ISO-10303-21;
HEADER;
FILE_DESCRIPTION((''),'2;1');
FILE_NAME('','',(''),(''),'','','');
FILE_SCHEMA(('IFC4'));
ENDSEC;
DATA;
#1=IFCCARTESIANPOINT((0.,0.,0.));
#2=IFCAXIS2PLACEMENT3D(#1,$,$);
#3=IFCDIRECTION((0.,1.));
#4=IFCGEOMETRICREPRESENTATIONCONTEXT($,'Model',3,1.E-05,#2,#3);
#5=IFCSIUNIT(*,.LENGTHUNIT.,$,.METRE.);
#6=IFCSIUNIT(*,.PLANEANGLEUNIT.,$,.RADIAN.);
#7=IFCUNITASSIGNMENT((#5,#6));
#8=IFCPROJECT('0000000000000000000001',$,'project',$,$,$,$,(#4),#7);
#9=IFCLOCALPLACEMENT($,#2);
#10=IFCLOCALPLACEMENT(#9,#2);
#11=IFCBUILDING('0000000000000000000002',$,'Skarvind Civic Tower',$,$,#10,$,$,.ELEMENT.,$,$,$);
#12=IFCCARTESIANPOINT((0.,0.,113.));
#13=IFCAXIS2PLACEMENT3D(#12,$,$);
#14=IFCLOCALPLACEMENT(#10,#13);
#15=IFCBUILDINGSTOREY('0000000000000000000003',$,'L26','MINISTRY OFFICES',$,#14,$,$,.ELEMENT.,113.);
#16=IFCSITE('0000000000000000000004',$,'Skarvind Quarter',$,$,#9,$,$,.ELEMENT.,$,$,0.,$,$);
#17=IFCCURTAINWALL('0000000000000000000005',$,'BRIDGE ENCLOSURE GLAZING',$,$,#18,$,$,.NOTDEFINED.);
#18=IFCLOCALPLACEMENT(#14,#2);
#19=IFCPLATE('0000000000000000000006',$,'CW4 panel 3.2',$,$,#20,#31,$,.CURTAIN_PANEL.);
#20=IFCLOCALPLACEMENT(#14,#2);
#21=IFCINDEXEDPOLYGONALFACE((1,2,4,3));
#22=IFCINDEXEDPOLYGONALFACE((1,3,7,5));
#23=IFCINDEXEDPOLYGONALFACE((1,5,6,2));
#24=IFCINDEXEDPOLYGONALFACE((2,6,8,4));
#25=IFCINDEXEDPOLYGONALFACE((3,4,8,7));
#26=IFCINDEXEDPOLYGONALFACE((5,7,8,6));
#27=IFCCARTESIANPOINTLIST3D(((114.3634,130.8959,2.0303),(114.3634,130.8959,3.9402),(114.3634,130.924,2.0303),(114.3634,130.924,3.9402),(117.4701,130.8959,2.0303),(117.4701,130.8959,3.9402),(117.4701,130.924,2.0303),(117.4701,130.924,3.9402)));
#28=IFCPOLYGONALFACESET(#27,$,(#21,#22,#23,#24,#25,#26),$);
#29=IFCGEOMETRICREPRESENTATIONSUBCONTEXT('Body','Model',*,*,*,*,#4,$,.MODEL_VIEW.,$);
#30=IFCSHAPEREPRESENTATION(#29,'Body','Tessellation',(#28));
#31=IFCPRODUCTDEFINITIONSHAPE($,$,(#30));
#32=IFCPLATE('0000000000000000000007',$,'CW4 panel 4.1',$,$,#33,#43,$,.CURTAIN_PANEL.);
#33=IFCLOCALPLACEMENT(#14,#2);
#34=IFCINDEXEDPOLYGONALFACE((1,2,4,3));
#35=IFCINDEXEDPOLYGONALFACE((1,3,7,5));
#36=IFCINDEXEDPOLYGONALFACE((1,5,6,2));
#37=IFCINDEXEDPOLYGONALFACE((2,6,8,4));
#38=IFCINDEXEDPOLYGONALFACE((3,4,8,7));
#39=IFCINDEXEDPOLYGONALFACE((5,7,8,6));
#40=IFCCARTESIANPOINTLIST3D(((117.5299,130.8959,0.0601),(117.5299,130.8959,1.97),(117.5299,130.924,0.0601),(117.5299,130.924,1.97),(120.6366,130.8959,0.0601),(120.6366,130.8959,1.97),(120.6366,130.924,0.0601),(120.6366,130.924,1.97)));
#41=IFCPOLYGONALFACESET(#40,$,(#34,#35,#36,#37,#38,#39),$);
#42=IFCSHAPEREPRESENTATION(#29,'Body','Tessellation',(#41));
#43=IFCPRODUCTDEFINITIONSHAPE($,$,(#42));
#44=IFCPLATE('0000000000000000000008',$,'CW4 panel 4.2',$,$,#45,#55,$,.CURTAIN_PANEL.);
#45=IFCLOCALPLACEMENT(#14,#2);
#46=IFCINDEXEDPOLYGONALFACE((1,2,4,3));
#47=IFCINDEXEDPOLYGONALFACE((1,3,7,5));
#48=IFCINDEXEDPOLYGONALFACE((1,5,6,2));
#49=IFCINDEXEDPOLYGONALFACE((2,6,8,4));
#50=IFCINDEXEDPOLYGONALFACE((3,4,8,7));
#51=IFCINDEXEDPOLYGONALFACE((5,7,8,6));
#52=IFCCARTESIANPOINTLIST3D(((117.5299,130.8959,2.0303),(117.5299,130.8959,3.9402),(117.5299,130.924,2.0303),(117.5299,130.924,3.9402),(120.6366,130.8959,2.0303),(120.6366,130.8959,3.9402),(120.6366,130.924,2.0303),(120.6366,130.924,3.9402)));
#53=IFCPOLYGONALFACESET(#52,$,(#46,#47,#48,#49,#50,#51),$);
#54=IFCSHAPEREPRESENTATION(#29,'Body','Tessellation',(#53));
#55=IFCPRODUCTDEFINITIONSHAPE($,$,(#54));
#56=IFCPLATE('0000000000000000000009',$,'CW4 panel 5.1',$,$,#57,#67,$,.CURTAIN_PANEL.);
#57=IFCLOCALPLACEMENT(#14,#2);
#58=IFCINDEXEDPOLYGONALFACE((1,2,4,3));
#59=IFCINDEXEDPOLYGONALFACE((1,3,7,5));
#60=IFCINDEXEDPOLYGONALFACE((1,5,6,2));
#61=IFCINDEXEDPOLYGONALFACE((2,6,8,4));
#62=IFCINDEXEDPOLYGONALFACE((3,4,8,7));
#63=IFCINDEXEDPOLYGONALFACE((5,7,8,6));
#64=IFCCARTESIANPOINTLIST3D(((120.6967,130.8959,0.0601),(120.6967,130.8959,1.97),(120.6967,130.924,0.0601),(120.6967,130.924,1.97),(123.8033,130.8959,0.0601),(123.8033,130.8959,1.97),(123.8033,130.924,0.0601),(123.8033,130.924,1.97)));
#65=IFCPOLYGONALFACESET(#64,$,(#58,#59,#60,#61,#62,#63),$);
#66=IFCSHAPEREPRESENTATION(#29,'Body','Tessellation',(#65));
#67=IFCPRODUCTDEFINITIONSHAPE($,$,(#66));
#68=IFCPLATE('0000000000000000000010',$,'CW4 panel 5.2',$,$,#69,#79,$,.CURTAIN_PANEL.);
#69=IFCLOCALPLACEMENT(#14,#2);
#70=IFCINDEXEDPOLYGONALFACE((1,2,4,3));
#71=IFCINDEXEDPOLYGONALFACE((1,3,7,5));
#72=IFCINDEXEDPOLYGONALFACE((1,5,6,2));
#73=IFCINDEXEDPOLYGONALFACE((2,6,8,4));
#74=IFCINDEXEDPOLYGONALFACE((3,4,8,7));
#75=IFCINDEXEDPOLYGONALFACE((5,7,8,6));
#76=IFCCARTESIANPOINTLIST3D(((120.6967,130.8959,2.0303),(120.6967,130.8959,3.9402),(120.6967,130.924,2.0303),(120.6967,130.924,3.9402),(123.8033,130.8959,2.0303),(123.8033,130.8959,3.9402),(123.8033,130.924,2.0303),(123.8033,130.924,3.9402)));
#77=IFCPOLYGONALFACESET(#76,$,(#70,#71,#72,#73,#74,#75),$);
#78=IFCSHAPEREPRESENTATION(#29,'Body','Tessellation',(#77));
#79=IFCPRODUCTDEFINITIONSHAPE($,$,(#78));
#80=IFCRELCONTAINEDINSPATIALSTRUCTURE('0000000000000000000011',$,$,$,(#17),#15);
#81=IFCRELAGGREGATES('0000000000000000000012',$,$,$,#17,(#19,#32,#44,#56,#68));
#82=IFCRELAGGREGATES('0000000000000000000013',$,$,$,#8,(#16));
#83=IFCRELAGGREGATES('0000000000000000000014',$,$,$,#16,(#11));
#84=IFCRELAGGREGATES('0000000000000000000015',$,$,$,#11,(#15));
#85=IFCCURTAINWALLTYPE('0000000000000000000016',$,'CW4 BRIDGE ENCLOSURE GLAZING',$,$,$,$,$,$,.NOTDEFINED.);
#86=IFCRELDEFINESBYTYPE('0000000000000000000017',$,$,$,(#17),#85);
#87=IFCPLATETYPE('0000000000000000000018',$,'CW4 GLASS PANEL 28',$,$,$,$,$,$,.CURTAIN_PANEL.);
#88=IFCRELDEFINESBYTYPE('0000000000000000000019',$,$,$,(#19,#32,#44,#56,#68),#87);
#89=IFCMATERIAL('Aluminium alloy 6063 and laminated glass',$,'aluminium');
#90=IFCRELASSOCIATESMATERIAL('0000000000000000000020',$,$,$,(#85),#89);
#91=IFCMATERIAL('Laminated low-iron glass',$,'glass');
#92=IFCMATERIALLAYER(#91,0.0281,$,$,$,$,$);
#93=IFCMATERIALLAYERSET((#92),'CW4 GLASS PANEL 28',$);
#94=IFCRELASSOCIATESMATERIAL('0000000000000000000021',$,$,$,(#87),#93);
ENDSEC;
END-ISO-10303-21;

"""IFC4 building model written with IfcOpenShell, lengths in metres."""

from ifc_helpers import new_model, si_unit, direction, frame, origin, origin_2d, place, context, subcontext, project, spatial, rectangle, extrude, material, layer, layer_set, type_object, element, aggregate, save


model = new_model("IFC4")

# Units and contexts
model_context = context("Model", 3, precision=1e-05, world=origin(), true_north=direction((0.0, 1.0)))
body_context = subcontext(model_context, "Body", "Model", "MODEL_VIEW")
ifc_project = project(units=[si_unit("LENGTHUNIT", "METRE"), si_unit("PLANEANGLEUNIT", "RADIAN")], contexts=[model_context])

# Site, building, storey
site_placement = place(None, origin())
site = spatial("IfcSite", under=ifc_project, at=site_placement, Name="Skarvind Quarter", CompositionType="ELEMENT", RefElevation=0.0)
building_placement = place(site_placement, origin())
building = spatial("IfcBuilding", under=site, at=building_placement, Name="Skarvind Civic Tower", CompositionType="ELEMENT")
storey_placement = place(building_placement, frame((0.0, 0.0, 113.0)))
storey = spatial("IfcBuildingStorey", under=building, at=storey_placement, Name="L26", Description="MINISTRY OFFICES", CompositionType="ELEMENT", Elevation=113.0)

# Curtain wall, plates
ifc_material_1 = material(Name="Aluminium alloy 6063 and laminated glass", Category="aluminium")
curtain_wall_type = type_object("IfcCurtainWallType", Name="CW4 BRIDGE ENCLOSURE GLAZING", PredefinedType="NOTDEFINED", material=ifc_material_1)
curtain_wall_placement = place(storey_placement, origin())
curtain_wall = element("IfcCurtainWall", 1, at=curtain_wall_placement, inside=storey, type_object=curtain_wall_type, Name="BRIDGE ENCLOSURE GLAZING", PredefinedType="NOTDEFINED")
ifc_material_2 = material(Name="Laminated low-iron glass", Category="glass")
ifc_layer = layer(ifc_material_2, 0.0281)
ifc_layer_set = layer_set([ifc_layer], Name="CW4 GLASS PANEL 28")
plate_type = type_object("IfcPlateType", Name="CW4 GLASS PANEL 28", PredefinedType="CURTAIN_PANEL", material=ifc_layer_set)
plate_1_placement = place(storey_placement, frame((115.9167, 130.9099, 2.0303), z_axis=(0.0, 0.0, 1.0), x_axis=(1.0, 0.0, 0.0)))
plate_1 = element("IfcPlate", 2, at=plate_1_placement, type_object=plate_type, Name="CW4 panel 3.2", PredefinedType="CURTAIN_PANEL", context=body_context, shape_type="SweptSolid", body=[
    extrude(rectangle(XDim=3.1067, YDim=0.0281, at=origin_2d()), origin(), (0.0, 0.0, 1.0), 1.9099),
])
plate_2_placement = place(storey_placement, frame((119.0833, 130.9099, 0.0601), z_axis=(0.0, 0.0, 1.0), x_axis=(1.0, 0.0, 0.0)))
plate_2 = element("IfcPlate", 3, at=plate_2_placement, type_object=plate_type, Name="CW4 panel 4.1", PredefinedType="CURTAIN_PANEL", context=body_context, shape_type="SweptSolid", body=[
    extrude(rectangle(XDim=3.1067, YDim=0.0281, at=origin_2d()), origin(), (0.0, 0.0, 1.0), 1.9099),
])
plate_3_placement = place(storey_placement, frame((119.0833, 130.9099, 2.0303), z_axis=(0.0, 0.0, 1.0), x_axis=(1.0, 0.0, 0.0)))
plate_3 = element("IfcPlate", 4, at=plate_3_placement, type_object=plate_type, Name="CW4 panel 4.2", PredefinedType="CURTAIN_PANEL", context=body_context, shape_type="SweptSolid", body=[
    extrude(rectangle(XDim=3.1067, YDim=0.0281, at=origin_2d()), origin(), (0.0, 0.0, 1.0), 1.9099),
])
plate_4_placement = place(storey_placement, frame((122.25, 130.9099, 0.0601), z_axis=(0.0, 0.0, 1.0), x_axis=(1.0, 0.0, 0.0)))
plate_4 = element("IfcPlate", 5, at=plate_4_placement, type_object=plate_type, Name="CW4 panel 5.1", PredefinedType="CURTAIN_PANEL", context=body_context, shape_type="SweptSolid", body=[
    extrude(rectangle(XDim=3.1067, YDim=0.0281, at=origin_2d()), origin(), (0.0, 0.0, 1.0), 1.9099),
])
plate_5_placement = place(storey_placement, frame((122.25, 130.9099, 2.0303), z_axis=(0.0, 0.0, 1.0), x_axis=(1.0, 0.0, 0.0)))
plate_5 = element("IfcPlate", 6, at=plate_5_placement, type_object=plate_type, Name="CW4 panel 5.2", PredefinedType="CURTAIN_PANEL", context=body_context, shape_type="SweptSolid", body=[
    extrude(rectangle(XDim=3.1067, YDim=0.0281, at=origin_2d()), origin(), (0.0, 0.0, 1.0), 1.9099),
])
aggregate(curtain_wall, [plate_1, plate_2, plate_3, plate_4, plate_5])

save(model, "model.ifc")
